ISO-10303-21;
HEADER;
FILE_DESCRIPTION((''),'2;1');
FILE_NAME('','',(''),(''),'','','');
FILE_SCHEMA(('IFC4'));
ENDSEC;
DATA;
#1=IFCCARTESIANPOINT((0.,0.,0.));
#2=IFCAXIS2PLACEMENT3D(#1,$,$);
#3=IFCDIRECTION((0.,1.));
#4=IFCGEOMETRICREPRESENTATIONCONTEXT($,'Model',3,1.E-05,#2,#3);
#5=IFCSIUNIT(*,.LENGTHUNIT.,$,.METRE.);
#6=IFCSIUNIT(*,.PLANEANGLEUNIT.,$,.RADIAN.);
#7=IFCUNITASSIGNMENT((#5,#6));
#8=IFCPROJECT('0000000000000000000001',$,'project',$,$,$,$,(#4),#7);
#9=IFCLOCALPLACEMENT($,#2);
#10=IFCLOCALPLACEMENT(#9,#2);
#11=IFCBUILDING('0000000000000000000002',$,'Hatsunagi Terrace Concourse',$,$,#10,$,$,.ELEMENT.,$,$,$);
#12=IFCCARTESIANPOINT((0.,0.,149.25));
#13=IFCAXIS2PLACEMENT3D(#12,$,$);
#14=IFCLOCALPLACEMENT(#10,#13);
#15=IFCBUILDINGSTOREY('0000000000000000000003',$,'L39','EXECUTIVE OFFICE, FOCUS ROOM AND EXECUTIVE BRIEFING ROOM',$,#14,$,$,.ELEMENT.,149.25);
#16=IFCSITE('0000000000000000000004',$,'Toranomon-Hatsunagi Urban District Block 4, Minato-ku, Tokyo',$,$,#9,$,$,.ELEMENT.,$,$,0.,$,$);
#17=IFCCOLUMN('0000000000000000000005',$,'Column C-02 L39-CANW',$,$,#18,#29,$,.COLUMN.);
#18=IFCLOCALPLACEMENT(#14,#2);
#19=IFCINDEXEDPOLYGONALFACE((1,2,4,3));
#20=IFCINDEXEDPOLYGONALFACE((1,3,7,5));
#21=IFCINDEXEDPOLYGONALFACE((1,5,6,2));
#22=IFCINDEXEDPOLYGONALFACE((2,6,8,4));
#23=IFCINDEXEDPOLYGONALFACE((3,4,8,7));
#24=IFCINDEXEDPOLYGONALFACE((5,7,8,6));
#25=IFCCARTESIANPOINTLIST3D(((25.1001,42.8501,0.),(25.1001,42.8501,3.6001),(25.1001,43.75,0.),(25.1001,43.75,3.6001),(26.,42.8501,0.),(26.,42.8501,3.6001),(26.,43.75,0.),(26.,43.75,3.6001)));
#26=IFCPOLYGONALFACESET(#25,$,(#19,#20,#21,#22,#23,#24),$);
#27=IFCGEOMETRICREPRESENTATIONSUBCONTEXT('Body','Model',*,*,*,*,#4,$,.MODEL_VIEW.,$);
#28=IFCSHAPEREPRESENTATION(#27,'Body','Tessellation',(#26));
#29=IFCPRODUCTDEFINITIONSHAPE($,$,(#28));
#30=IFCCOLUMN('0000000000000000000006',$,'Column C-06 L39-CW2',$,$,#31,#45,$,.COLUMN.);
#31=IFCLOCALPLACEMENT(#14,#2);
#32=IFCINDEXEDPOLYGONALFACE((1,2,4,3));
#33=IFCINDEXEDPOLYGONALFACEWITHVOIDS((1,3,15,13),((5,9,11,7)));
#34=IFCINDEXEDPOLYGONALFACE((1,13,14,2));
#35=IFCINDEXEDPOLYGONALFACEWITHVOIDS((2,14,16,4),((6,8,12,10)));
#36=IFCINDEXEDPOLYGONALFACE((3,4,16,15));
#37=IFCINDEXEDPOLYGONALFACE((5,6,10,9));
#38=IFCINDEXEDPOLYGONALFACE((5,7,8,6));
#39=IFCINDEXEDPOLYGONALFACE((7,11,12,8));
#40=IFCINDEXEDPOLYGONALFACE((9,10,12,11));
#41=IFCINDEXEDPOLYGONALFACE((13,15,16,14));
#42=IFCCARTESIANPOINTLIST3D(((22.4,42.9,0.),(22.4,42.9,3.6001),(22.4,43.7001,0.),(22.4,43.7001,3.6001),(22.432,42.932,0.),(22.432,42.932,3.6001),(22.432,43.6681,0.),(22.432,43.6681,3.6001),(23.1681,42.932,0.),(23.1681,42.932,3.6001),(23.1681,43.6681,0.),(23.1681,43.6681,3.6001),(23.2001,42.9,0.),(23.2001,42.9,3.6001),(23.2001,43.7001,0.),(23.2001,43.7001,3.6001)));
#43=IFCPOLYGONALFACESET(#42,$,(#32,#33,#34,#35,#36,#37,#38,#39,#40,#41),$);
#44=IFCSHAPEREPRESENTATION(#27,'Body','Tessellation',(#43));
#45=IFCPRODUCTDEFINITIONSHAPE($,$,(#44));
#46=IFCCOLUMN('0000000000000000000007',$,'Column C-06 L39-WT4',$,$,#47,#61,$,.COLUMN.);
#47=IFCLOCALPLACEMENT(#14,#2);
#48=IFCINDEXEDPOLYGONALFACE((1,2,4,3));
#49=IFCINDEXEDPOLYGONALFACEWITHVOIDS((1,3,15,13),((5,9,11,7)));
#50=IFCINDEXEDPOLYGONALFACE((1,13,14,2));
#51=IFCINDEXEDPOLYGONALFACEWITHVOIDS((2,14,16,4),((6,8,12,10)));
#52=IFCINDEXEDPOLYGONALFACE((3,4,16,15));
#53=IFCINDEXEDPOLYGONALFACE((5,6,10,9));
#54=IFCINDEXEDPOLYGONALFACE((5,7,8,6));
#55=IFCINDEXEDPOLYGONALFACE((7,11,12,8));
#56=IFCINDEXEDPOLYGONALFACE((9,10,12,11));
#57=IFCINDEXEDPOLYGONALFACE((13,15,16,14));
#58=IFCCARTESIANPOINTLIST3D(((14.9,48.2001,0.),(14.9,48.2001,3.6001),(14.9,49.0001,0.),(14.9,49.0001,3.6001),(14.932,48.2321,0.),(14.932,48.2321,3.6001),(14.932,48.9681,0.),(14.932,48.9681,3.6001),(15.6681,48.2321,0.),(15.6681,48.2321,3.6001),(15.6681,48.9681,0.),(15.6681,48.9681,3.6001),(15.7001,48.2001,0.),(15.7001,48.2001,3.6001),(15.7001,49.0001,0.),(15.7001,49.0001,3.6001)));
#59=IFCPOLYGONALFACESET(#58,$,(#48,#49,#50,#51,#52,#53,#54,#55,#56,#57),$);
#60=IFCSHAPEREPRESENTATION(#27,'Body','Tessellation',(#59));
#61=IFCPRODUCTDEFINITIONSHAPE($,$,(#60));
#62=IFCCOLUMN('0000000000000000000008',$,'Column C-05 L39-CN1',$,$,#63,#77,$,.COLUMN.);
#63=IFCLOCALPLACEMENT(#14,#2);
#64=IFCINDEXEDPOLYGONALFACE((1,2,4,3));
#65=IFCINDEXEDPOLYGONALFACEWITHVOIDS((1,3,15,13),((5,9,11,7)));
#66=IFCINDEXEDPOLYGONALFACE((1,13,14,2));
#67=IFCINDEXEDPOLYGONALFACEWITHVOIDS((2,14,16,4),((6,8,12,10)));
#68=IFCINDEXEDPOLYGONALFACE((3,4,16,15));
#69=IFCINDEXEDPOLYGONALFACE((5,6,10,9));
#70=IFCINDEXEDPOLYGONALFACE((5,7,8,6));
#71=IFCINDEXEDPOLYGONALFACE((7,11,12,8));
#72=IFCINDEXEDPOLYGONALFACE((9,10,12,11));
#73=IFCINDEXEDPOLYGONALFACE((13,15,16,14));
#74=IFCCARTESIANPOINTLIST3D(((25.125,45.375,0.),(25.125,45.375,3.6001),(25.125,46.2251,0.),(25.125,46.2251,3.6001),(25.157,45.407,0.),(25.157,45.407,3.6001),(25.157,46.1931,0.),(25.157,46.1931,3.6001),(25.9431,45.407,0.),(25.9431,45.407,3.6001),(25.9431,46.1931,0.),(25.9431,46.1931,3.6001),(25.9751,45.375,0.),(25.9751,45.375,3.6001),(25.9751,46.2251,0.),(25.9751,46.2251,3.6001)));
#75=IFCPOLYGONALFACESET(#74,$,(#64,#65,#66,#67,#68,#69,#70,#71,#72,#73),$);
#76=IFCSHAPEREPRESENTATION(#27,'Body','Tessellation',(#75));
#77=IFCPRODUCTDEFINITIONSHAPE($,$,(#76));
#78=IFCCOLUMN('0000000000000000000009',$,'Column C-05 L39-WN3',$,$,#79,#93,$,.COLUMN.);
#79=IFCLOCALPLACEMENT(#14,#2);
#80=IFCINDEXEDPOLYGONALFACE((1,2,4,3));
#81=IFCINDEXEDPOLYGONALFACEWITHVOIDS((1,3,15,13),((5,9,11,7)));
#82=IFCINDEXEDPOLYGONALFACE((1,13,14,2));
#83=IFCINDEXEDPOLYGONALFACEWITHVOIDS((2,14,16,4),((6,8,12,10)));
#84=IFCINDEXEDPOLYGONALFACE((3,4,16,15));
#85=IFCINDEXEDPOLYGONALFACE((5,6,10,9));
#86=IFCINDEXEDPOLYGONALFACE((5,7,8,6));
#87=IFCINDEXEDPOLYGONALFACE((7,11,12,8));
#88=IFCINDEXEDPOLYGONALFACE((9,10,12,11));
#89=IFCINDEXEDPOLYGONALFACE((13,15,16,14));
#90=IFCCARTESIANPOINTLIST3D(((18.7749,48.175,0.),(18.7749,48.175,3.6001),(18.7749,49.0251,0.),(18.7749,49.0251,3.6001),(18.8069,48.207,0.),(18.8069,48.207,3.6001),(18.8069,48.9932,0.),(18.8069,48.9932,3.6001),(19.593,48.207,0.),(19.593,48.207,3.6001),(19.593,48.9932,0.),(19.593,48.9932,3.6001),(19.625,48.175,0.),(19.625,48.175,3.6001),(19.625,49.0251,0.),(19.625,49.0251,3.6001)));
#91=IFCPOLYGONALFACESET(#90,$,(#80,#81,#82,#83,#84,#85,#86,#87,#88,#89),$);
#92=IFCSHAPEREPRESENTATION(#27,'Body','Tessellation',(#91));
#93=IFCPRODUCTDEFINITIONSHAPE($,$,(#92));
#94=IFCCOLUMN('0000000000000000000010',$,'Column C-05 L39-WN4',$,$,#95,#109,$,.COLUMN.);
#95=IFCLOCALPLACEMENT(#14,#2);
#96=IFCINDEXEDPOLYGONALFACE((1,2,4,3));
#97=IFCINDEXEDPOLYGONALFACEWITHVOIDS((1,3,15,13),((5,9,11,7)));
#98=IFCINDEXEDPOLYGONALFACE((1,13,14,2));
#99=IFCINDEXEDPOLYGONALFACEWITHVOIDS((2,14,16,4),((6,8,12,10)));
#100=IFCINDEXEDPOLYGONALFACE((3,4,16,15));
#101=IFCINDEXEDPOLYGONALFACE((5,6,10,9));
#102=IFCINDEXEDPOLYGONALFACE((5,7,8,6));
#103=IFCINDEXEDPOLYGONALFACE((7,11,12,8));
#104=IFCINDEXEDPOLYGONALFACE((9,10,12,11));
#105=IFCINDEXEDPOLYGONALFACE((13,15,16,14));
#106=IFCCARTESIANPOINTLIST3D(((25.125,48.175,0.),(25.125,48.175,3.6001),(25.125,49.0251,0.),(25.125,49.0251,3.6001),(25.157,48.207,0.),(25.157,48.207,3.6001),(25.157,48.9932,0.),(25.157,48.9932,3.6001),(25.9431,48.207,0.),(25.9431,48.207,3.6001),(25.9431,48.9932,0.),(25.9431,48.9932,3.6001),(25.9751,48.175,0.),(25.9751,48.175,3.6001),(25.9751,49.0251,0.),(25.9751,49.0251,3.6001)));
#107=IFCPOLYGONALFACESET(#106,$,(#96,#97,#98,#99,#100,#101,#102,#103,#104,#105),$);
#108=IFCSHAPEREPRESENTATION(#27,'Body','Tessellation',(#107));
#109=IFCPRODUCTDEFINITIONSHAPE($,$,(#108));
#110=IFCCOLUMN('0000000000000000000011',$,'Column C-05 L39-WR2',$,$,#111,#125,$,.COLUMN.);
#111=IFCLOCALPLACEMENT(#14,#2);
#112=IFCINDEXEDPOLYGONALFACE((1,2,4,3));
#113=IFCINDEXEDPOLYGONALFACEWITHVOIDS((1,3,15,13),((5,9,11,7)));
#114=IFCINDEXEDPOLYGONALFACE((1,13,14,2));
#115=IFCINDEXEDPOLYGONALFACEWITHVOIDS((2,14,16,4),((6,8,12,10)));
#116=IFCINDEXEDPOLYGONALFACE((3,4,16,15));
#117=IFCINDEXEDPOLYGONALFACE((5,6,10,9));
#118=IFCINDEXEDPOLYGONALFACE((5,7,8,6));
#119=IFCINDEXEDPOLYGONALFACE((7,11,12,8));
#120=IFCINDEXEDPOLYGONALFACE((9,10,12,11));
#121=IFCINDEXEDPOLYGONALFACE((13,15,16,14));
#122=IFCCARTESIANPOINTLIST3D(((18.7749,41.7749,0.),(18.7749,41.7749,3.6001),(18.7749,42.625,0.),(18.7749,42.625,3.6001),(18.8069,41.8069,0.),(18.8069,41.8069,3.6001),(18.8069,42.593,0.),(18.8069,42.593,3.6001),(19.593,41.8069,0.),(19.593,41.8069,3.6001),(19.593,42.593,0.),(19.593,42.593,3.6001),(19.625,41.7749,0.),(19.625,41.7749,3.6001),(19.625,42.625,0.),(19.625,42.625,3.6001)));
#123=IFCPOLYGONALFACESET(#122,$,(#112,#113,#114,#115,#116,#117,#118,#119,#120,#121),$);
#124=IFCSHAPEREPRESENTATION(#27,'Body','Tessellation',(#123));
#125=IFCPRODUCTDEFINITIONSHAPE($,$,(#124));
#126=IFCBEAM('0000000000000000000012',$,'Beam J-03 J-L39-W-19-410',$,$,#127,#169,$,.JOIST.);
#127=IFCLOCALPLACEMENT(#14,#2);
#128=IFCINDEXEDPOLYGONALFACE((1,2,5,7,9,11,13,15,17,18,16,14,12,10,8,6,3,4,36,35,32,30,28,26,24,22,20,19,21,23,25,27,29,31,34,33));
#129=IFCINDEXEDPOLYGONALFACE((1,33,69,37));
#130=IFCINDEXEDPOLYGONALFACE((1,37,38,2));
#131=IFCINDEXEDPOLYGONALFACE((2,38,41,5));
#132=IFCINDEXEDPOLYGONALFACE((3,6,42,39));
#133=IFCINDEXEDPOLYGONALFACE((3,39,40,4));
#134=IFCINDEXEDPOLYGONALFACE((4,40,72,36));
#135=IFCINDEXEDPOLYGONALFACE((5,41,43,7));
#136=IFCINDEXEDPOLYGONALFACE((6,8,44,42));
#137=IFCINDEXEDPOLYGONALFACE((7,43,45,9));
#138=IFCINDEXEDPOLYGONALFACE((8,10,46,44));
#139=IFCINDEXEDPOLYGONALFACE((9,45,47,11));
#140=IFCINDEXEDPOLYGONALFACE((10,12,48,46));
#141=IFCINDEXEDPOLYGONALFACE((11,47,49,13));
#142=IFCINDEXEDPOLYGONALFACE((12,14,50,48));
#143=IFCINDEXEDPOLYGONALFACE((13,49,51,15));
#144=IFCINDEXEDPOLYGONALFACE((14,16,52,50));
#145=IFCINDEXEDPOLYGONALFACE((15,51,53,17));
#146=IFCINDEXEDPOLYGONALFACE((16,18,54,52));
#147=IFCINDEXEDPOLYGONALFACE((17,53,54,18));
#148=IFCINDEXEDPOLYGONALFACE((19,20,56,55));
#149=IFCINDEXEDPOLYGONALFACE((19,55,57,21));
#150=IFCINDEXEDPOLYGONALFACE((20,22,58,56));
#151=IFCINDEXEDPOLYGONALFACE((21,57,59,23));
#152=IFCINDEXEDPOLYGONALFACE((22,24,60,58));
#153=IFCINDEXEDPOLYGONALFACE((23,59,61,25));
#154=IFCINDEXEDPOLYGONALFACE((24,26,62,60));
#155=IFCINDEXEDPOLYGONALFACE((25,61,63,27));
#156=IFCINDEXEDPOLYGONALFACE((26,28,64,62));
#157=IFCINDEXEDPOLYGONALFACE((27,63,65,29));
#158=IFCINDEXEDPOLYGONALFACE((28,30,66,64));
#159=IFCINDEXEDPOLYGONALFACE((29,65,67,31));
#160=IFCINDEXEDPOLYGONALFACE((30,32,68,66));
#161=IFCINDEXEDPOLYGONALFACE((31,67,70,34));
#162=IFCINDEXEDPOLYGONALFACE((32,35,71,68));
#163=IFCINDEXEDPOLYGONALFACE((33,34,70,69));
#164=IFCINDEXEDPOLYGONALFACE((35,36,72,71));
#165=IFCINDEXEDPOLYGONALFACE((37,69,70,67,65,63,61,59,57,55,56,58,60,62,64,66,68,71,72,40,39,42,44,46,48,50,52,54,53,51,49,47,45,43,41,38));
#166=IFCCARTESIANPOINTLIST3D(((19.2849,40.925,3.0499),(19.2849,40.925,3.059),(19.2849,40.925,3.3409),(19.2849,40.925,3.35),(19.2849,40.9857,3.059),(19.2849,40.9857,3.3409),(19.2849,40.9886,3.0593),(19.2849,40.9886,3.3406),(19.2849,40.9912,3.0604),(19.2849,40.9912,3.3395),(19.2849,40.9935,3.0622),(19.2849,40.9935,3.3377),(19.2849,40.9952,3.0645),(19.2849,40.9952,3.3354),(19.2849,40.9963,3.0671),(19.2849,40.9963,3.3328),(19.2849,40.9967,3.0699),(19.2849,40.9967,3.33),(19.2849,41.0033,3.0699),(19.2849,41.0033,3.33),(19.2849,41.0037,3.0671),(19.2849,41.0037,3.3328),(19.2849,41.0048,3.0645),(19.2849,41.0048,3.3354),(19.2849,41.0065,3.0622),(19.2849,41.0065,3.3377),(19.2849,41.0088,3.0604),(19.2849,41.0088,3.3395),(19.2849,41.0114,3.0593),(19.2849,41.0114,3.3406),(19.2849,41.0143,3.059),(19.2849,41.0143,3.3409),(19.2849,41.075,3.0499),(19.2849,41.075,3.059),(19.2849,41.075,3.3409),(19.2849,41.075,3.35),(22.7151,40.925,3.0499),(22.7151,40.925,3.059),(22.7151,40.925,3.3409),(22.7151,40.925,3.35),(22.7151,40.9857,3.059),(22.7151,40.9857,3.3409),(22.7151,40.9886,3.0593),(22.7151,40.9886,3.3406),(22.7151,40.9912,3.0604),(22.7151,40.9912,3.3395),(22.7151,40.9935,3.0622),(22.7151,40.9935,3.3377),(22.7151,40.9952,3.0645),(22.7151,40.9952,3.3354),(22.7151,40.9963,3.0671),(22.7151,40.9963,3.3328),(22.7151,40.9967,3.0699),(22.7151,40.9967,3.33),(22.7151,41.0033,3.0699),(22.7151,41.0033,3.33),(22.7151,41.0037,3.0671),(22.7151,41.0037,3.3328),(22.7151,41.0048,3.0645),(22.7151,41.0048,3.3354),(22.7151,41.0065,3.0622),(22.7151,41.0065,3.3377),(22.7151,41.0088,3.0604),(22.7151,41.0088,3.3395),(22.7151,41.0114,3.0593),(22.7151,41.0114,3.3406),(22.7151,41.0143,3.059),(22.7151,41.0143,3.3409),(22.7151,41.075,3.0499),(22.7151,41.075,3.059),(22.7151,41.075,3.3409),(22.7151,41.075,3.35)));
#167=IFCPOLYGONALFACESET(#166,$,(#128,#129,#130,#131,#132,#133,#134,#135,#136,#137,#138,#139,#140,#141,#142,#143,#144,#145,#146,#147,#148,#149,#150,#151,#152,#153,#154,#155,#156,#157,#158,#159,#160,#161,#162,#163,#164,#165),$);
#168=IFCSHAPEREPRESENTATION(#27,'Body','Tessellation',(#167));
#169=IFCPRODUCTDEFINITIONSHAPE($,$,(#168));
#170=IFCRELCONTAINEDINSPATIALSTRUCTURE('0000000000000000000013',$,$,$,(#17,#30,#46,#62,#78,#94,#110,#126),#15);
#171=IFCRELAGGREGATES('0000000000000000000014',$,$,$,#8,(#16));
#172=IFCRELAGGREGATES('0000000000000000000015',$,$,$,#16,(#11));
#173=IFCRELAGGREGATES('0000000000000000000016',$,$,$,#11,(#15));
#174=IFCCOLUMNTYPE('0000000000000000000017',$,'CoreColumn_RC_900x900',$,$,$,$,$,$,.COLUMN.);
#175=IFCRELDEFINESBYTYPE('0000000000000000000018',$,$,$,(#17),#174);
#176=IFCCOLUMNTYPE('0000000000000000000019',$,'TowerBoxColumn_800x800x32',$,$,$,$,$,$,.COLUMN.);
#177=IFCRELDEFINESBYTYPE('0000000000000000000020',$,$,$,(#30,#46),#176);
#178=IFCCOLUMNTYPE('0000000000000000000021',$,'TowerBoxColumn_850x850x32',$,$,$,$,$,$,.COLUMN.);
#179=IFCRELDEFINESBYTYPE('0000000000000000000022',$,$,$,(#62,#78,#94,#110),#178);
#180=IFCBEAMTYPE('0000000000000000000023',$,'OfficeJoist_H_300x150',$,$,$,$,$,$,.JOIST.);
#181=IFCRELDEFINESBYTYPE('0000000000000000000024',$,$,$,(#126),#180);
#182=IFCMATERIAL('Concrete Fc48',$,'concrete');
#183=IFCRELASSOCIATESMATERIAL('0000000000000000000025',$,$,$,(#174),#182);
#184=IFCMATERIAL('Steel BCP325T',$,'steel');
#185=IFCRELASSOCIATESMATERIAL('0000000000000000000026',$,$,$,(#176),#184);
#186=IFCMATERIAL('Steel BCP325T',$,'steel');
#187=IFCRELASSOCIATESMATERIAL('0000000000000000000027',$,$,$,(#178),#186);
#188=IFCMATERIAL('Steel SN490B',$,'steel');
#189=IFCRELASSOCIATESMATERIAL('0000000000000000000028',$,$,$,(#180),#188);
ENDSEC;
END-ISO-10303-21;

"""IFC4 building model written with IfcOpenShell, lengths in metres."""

from ifc_helpers import new_model, si_unit, direction, frame, origin, origin_2d, place, context, subcontext, project, spatial, rectangle, hollow_rectangle, i_section, extrude, material, material_profile, profile_set, type_object, element, save


model = new_model("IFC4")

# Units and contexts
model_context = context("Model", 3, precision=1e-05, world=origin(), true_north=direction((0.0, 1.0)))
body_context = subcontext(model_context, "Body", "Model", "MODEL_VIEW")
ifc_project = project(units=[si_unit("LENGTHUNIT", "METRE"), si_unit("PLANEANGLEUNIT", "RADIAN")], contexts=[model_context])

# Site, building, storey
site_placement = place(None, origin())
site = spatial("IfcSite", under=ifc_project, at=site_placement, Name="Toranomon-Hatsunagi Urban District Block 4, Minato-ku, Tokyo", CompositionType="ELEMENT", RefElevation=0.0)
building_placement = place(site_placement, origin())
building = spatial("IfcBuilding", under=site, at=building_placement, Name="Hatsunagi Terrace Concourse", CompositionType="ELEMENT")
storey_placement = place(building_placement, frame((0.0, 0.0, 149.25)))
storey = spatial("IfcBuildingStorey", under=building, at=storey_placement, Name="L39", Description="EXECUTIVE OFFICE, FOCUS ROOM AND EXECUTIVE BRIEFING ROOM", CompositionType="ELEMENT", Elevation=149.25)

# Columns
ifc_material_1 = material(Name="Concrete Fc48", Category="concrete")
ifc_material_profile_1 = material_profile(ifc_material_1, rectangle(XDim=0.8999, YDim=0.8999, at=origin_2d()), Name="RC-900x900")
ifc_profile_set_1 = profile_set([ifc_material_profile_1], Name="Concrete Fc48")
column_type_1 = type_object("IfcColumnType", Name="CoreColumn_RC_900x900", PredefinedType="COLUMN", material=ifc_profile_set_1)
column_placement = place(storey_placement, frame((25.55, 43.3, 0.0), z_axis=(0.0, 0.0, 1.0), x_axis=(1.0, 0.0, 0.0)))
element("IfcColumn", 1, at=column_placement, inside=storey, type_object=column_type_1, Name="Column C-02 L39-CANW", PredefinedType="COLUMN", context=body_context, shape_type="SweptSolid", body=[
    extrude(rectangle(XDim=0.8999, YDim=0.8999, at=origin_2d()), origin(), (0.0, 0.0, 1.0), 3.6001),
])
ifc_material_2 = material(Name="Steel BCP325T", Category="steel")
ifc_material_profile_2 = material_profile(ifc_material_2, hollow_rectangle(XDim=0.8, YDim=0.8, WallThickness=0.032, at=origin_2d()), Name="BCP-800x800x32")
ifc_profile_set_2 = profile_set([ifc_material_profile_2], Name="Steel BCP325T")
column_type_2 = type_object("IfcColumnType", Name="TowerBoxColumn_800x800x32", PredefinedType="COLUMN", material=ifc_profile_set_2)
for number, where, z_axis, x_axis, name in (
    (2, (22.8, 43.3, 0.0), (0.0, 0.0, 1.0), (1.0, 0.0, 0.0), "Column C-06 L39-CW2"),
    (3, (15.3, 48.6001, 0.0), (0.0, 0.0, 1.0), (1.0, 0.0, 0.0), "Column C-06 L39-WT4"),
):
    element("IfcColumn", number, at=place(storey_placement, frame(where, z_axis=z_axis, x_axis=x_axis)), inside=storey, type_object=column_type_2, Name=name, PredefinedType="COLUMN", context=body_context, shape_type="SweptSolid", body=[
        extrude(hollow_rectangle(XDim=0.8, YDim=0.8, WallThickness=0.032, at=origin_2d()), origin(), (0.0, 0.0, 1.0), 3.6001),
    ])
ifc_material_3 = material(Name="Steel BCP325T", Category="steel")
ifc_material_profile_3 = material_profile(ifc_material_3, hollow_rectangle(XDim=0.8501, YDim=0.8501, WallThickness=0.032, at=origin_2d()), Name="BCP-850x850x32")
ifc_profile_set_3 = profile_set([ifc_material_profile_3], Name="Steel BCP325T")
column_type_3 = type_object("IfcColumnType", Name="TowerBoxColumn_850x850x32", PredefinedType="COLUMN", material=ifc_profile_set_3)
for number, where, z_axis, x_axis, name in (
    (4, (25.55, 45.8, 0.0), (0.0, 0.0, 1.0), (1.0, 0.0, 0.0), "Column C-05 L39-CN1"),
    (5, (19.2, 48.6001, 0.0), (0.0, 0.0, 1.0), (1.0, 0.0, 0.0), "Column C-05 L39-WN3"),
    (6, (25.55, 48.6001, 0.0), (0.0, 0.0, 1.0), (1.0, 0.0, 0.0), "Column C-05 L39-WN4"),
    (7, (19.2, 42.2, 0.0), (0.0, 0.0, 1.0), (1.0, 0.0, 0.0), "Column C-05 L39-WR2"),
):
    element("IfcColumn", number, at=place(storey_placement, frame(where, z_axis=z_axis, x_axis=x_axis)), inside=storey, type_object=column_type_3, Name=name, PredefinedType="COLUMN", context=body_context, shape_type="SweptSolid", body=[
        extrude(hollow_rectangle(XDim=0.8501, YDim=0.8501, WallThickness=0.032, at=origin_2d()), origin(), (0.0, 0.0, 1.0), 3.6001),
    ])

# Beam
ifc_material_4 = material(Name="Steel SN490B", Category="steel")
ifc_material_profile_4 = material_profile(ifc_material_4, i_section(OverallWidth=0.1499, OverallDepth=0.3, WebThickness=0.0066, FlangeThickness=0.009, FilletRadius=0.011, at=origin_2d()), Name="H-300x150x6.5x9")
ifc_profile_set_4 = profile_set([ifc_material_profile_4], Name="Steel SN490B")
beam_type_1 = type_object("IfcBeamType", Name="OfficeJoist_H_300x150", PredefinedType="JOIST", material=ifc_profile_set_4)
beam_1_placement = place(storey_placement, frame((19.2849, 41.0, 3.2), z_axis=(1.0, 0.0, 0.0), x_axis=(0.0, 1.0, 0.0)))
element("IfcBeam", 8, at=beam_1_placement, inside=storey, type_object=beam_type_1, Name="Beam J-03 J-L39-W-19-410", PredefinedType="JOIST", context=body_context, shape_type="SweptSolid", body=[
    extrude(i_section(OverallWidth=0.1499, OverallDepth=0.3, WebThickness=0.0066, FlangeThickness=0.009, FilletRadius=0.011, at=origin_2d()), origin(), (0.0, 0.0, 1.0), 3.4302),
])

save(model, "model.ifc")
